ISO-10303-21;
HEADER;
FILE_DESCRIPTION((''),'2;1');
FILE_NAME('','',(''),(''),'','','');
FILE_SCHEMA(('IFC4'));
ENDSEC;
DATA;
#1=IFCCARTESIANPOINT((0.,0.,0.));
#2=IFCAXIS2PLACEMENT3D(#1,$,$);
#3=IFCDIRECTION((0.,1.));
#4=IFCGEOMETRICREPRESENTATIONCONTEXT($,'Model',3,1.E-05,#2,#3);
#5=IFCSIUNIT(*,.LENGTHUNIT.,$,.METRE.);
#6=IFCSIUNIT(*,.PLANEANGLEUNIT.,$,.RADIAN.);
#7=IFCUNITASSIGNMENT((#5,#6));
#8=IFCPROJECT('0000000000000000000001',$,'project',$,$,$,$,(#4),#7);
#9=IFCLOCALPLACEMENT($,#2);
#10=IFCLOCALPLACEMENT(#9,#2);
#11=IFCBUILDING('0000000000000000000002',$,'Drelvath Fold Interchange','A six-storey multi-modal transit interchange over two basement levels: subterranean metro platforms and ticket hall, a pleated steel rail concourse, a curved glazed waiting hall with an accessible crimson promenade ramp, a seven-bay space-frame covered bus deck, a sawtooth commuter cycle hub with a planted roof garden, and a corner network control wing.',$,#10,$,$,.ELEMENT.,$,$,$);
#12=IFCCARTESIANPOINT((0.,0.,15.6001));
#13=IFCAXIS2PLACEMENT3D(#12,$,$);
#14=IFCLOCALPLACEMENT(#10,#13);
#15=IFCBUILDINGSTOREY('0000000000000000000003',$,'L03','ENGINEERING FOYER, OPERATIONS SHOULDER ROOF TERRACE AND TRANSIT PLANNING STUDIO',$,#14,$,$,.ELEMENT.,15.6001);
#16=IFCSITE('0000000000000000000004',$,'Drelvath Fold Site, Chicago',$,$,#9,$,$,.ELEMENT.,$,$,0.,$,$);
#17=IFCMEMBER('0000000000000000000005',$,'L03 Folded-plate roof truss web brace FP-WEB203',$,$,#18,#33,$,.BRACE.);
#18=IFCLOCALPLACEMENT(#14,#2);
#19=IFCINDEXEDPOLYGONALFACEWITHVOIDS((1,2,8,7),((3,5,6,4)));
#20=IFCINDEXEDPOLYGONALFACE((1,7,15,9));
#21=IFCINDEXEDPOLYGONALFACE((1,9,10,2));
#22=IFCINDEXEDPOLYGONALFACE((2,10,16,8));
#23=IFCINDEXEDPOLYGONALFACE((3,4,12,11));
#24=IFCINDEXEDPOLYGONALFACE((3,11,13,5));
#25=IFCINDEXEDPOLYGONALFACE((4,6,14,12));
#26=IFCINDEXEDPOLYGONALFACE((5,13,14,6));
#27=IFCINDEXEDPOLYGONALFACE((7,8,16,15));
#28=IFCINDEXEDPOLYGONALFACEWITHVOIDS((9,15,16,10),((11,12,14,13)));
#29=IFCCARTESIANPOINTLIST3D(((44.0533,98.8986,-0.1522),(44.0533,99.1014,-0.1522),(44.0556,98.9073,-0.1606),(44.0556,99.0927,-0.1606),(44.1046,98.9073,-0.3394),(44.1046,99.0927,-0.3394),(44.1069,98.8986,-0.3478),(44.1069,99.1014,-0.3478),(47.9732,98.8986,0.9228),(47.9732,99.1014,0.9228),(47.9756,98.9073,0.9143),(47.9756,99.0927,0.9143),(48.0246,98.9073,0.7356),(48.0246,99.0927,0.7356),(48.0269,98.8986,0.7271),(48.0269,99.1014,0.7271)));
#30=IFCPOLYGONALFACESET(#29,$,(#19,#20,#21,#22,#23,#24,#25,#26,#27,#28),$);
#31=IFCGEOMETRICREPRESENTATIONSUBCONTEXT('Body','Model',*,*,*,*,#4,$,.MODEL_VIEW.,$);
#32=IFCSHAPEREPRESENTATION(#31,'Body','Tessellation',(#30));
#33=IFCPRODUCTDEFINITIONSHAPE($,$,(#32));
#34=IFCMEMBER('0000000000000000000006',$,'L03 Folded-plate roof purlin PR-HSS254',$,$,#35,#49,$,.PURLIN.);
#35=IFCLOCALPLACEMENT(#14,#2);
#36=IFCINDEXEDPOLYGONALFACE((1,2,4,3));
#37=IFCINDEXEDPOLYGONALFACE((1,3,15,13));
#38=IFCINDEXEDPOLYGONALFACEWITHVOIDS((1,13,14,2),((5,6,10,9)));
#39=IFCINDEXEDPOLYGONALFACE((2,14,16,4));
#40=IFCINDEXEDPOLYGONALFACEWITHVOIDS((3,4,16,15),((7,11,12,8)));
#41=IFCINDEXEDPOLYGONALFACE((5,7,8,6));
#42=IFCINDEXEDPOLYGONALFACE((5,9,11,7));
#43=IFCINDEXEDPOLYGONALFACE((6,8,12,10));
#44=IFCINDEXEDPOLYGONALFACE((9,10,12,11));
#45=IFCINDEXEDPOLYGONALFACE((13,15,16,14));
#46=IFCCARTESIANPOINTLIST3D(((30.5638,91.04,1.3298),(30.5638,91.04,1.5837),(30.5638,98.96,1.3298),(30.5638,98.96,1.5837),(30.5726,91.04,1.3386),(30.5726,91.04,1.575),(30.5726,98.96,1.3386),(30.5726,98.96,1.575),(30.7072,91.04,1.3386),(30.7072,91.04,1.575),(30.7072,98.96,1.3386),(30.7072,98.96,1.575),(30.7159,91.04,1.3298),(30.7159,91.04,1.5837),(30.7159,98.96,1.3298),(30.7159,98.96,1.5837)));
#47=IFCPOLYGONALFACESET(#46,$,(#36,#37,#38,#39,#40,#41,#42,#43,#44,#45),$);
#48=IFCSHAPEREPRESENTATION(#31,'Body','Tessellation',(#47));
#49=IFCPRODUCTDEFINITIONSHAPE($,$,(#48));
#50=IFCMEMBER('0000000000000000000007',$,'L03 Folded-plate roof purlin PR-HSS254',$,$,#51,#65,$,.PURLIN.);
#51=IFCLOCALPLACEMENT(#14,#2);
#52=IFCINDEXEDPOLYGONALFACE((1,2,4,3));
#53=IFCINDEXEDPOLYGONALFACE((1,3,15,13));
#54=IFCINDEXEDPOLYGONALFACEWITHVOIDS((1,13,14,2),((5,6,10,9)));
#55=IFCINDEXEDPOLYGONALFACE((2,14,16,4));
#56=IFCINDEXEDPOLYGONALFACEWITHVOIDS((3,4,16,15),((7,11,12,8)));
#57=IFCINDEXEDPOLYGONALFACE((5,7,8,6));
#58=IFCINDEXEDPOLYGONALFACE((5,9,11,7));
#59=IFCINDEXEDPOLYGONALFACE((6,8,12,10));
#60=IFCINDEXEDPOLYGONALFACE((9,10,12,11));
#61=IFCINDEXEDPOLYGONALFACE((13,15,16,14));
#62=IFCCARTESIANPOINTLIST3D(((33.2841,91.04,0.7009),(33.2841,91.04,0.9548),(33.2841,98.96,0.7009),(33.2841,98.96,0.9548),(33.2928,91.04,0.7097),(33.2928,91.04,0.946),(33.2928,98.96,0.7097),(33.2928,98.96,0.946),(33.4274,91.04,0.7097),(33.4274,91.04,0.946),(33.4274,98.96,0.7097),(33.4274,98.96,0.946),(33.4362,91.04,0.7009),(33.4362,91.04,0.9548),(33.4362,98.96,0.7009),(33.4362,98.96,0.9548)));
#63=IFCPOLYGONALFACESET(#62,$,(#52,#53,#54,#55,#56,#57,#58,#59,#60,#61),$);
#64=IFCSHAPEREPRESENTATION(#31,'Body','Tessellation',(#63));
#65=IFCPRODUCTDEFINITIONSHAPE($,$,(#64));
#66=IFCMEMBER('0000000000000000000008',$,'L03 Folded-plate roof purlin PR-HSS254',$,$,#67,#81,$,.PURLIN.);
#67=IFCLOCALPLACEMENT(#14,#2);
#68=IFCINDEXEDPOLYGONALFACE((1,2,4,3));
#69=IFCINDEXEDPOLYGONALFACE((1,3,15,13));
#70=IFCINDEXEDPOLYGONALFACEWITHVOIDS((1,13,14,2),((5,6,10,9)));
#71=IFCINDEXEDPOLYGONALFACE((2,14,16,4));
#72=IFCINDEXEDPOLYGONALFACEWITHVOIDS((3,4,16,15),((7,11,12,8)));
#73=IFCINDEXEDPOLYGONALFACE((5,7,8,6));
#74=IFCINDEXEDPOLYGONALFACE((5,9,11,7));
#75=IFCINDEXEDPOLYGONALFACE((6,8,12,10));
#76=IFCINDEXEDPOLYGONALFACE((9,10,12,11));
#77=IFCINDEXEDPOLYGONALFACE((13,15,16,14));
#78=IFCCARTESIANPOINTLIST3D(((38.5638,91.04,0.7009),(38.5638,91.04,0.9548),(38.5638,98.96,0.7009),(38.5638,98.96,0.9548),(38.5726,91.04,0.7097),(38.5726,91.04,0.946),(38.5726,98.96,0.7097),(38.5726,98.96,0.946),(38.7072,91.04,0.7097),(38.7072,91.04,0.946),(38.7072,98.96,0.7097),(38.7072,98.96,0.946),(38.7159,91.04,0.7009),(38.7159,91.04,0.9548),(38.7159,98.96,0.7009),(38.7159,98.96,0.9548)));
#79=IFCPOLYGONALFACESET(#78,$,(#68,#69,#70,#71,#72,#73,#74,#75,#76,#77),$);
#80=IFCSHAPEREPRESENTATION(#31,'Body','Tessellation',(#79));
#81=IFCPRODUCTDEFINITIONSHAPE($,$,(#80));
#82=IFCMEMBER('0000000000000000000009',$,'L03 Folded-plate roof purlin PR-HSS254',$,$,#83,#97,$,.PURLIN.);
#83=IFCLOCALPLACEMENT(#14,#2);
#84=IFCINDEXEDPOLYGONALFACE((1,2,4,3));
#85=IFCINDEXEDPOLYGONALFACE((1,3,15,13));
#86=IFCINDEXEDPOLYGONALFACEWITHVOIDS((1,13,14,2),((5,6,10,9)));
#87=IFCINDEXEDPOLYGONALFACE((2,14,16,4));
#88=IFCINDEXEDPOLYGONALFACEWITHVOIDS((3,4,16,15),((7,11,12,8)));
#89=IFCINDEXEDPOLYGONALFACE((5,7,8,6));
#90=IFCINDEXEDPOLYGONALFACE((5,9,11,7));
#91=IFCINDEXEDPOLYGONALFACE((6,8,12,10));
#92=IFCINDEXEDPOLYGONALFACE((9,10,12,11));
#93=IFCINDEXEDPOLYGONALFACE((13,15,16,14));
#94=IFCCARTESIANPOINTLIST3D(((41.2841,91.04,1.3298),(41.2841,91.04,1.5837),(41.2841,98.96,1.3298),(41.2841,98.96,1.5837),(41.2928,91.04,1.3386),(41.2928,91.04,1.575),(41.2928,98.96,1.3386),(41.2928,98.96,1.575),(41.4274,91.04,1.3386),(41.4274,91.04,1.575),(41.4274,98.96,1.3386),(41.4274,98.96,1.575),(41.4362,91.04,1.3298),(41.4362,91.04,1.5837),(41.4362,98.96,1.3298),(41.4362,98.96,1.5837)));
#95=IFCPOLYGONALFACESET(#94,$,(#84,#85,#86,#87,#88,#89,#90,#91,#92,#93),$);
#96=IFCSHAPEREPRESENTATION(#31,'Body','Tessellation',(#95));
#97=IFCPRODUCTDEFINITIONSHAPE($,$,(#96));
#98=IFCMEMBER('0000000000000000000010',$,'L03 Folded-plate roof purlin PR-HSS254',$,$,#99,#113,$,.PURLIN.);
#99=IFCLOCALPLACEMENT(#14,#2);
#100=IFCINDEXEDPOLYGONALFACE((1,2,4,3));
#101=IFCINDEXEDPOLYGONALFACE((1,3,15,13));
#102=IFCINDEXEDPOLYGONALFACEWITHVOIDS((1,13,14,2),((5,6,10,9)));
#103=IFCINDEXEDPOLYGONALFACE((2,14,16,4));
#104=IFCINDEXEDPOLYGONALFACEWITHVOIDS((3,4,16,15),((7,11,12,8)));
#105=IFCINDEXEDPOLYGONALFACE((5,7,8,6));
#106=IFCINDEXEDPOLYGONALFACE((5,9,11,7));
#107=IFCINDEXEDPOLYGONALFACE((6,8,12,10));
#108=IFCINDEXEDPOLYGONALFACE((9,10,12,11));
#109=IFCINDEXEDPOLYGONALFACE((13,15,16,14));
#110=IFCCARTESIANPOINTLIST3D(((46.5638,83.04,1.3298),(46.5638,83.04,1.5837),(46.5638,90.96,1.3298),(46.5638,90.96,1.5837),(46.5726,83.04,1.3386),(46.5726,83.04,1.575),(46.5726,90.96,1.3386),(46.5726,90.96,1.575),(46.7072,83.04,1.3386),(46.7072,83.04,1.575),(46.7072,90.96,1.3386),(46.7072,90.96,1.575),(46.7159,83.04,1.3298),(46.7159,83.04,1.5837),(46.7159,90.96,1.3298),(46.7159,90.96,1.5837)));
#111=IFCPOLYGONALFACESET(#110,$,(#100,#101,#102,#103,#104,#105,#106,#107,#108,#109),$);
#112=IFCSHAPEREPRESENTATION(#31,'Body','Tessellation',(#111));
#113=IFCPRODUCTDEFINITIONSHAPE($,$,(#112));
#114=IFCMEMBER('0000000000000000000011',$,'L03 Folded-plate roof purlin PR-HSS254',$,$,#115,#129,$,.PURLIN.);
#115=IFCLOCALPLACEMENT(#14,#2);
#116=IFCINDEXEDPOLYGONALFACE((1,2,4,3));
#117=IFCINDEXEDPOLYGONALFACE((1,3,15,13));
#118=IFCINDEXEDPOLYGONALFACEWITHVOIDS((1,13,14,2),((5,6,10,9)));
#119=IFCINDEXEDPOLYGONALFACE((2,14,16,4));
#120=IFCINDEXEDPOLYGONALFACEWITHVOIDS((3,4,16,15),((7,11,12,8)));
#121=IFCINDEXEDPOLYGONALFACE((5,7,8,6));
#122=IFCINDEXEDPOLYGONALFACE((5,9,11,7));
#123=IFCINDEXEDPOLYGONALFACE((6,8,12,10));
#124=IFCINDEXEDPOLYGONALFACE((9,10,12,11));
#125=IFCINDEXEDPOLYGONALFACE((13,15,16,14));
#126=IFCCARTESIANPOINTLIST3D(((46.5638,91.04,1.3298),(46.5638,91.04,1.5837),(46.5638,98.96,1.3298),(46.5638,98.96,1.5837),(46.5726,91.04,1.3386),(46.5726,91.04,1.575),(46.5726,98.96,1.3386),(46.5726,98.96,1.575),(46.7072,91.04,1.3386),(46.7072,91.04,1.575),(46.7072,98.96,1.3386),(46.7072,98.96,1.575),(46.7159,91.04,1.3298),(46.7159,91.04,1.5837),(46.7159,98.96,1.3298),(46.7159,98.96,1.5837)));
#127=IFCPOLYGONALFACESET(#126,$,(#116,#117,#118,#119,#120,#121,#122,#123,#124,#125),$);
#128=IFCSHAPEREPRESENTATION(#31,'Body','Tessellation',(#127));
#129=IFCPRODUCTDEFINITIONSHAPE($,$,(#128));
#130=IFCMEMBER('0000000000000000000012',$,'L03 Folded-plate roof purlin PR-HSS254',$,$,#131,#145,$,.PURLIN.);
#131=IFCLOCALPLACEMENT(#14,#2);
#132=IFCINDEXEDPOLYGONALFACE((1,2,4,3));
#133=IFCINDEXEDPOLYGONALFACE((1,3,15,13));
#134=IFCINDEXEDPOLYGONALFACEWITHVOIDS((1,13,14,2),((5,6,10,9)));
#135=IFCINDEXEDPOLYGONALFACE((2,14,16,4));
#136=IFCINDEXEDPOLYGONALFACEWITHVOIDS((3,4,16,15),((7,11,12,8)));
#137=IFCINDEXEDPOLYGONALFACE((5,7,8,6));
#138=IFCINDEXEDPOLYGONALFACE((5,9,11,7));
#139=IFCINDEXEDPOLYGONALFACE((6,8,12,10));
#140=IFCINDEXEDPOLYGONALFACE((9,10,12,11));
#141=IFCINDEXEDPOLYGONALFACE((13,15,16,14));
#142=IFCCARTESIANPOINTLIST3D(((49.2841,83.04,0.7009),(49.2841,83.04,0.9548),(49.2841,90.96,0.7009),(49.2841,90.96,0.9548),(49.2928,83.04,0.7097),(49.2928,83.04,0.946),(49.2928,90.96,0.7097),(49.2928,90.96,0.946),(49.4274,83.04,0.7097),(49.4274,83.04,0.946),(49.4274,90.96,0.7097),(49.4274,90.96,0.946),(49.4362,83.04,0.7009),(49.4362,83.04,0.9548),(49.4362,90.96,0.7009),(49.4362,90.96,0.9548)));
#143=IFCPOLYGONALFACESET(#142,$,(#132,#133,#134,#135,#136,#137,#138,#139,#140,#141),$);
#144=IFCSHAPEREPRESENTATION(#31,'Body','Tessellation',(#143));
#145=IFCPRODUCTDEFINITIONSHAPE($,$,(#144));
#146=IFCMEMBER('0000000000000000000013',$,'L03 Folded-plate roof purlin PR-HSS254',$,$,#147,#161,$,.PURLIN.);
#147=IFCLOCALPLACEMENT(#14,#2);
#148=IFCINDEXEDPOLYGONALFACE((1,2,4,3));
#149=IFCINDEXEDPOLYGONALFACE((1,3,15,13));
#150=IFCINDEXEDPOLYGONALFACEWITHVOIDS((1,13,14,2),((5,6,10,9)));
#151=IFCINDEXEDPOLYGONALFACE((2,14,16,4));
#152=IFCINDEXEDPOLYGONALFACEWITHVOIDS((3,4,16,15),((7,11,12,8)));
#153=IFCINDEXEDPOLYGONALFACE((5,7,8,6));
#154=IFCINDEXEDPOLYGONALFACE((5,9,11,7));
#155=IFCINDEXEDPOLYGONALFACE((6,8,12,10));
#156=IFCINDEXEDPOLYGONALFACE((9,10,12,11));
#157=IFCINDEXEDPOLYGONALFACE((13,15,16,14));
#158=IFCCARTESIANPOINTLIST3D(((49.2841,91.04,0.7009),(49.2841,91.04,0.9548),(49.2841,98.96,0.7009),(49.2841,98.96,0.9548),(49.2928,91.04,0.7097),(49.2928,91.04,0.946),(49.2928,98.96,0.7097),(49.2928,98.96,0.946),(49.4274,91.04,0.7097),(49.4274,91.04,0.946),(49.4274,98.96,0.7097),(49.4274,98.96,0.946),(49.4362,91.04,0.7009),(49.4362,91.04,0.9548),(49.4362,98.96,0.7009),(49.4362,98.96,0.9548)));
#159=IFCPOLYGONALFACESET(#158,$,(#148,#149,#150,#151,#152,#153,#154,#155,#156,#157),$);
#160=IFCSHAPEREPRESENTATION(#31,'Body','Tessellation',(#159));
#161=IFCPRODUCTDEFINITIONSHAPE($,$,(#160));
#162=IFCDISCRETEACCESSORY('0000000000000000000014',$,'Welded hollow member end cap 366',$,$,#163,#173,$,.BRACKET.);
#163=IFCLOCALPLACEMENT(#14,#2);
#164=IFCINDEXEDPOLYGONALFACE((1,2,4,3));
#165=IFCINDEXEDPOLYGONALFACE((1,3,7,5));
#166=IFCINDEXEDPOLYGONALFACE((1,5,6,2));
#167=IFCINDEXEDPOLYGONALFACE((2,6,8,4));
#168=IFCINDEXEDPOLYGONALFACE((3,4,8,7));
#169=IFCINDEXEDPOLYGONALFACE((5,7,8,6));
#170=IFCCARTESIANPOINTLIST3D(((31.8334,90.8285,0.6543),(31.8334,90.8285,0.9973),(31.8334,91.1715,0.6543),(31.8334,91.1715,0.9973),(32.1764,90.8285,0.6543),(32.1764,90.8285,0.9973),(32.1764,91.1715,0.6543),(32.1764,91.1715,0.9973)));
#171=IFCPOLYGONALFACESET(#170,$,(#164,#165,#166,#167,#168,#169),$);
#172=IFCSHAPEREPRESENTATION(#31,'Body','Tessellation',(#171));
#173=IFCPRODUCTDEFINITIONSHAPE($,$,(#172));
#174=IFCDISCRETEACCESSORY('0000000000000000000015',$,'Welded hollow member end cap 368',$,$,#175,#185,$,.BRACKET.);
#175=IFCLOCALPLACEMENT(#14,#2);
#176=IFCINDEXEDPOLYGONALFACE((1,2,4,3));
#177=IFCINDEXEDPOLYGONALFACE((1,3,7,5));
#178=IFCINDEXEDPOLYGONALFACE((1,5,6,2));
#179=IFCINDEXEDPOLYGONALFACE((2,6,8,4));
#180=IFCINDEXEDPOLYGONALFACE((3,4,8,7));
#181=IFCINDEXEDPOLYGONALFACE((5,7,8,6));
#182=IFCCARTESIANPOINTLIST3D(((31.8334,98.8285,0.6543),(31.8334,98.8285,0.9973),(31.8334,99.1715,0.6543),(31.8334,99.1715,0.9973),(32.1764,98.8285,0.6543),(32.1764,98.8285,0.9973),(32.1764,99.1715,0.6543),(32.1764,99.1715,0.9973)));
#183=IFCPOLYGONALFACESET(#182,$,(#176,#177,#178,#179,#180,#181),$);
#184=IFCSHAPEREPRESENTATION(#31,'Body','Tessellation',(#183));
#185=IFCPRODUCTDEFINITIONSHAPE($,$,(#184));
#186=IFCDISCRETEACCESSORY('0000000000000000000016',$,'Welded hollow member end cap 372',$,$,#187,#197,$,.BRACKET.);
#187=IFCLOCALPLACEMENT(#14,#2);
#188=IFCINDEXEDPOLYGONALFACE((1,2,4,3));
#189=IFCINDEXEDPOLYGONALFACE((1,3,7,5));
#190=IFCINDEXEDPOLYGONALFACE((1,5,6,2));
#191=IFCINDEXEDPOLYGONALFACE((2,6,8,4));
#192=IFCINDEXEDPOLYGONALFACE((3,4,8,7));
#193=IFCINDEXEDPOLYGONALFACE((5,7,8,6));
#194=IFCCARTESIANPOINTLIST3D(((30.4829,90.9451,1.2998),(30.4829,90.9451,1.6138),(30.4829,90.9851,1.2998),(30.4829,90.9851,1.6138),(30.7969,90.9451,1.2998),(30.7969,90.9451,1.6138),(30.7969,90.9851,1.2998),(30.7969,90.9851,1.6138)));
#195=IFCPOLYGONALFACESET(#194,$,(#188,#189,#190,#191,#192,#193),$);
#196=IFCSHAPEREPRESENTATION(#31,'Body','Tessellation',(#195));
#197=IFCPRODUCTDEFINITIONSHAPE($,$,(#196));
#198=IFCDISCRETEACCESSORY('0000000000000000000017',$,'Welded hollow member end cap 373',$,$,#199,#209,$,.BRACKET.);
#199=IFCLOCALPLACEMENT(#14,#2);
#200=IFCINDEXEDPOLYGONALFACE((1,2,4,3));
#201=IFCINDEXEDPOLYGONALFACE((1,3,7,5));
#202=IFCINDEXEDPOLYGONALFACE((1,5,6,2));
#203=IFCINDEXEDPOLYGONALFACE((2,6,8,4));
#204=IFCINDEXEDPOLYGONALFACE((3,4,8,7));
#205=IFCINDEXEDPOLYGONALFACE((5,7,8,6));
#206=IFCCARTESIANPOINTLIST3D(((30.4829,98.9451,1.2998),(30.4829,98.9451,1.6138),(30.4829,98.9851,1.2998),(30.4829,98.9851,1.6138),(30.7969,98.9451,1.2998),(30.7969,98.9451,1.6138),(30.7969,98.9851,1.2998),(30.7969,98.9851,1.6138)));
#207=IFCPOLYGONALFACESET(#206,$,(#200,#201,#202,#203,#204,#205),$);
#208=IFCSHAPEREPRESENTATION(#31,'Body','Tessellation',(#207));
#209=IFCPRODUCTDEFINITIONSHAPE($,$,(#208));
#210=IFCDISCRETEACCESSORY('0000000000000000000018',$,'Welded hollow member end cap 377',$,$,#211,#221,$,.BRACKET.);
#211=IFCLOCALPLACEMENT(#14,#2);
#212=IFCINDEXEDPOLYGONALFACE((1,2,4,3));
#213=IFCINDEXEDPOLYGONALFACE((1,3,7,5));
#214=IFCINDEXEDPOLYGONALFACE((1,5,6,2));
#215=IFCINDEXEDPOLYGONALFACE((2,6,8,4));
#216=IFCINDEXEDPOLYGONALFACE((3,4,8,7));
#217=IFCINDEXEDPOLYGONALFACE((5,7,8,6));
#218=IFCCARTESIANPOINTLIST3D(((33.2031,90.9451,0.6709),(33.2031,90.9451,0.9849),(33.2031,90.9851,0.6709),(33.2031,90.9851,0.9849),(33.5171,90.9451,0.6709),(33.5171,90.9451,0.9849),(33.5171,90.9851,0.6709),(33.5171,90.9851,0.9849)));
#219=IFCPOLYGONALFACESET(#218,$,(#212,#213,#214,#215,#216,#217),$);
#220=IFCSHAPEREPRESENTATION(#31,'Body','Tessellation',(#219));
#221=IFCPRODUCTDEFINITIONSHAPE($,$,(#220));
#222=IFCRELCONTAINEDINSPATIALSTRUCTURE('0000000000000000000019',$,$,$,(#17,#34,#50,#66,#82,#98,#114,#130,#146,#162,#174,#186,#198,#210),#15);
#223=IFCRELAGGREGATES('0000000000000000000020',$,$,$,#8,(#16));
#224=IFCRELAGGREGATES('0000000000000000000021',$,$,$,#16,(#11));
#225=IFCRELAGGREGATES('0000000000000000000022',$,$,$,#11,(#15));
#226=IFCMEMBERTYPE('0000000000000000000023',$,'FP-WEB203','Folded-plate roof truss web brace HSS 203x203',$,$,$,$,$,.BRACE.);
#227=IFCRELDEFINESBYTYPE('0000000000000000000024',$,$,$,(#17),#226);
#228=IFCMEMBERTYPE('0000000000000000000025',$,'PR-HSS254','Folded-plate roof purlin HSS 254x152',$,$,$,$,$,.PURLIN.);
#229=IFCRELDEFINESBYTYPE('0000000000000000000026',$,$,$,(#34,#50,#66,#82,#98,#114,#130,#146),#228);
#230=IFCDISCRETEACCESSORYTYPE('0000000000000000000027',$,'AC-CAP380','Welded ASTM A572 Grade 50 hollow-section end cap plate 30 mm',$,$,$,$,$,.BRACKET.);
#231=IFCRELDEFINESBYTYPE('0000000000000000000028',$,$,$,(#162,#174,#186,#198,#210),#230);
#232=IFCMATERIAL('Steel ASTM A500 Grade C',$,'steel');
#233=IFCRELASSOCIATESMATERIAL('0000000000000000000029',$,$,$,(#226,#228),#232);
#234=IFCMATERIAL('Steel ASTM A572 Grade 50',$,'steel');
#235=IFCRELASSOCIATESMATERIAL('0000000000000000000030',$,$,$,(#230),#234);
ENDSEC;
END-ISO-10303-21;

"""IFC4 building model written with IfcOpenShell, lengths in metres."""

from ifc_helpers import new_model, si_unit, direction, frame, origin, origin_2d, place, context, subcontext, project, spatial, rectangle, hollow_rectangle, extrude, material, material_profile, profile_set, type_object, element, save


model = new_model("IFC4")

# Units and contexts
model_context = context("Model", 3, precision=1e-05, world=origin(), true_north=direction((0.0, 1.0)))
body_context = subcontext(model_context, "Body", "Model", "MODEL_VIEW")
ifc_project = project(units=[si_unit("LENGTHUNIT", "METRE"), si_unit("PLANEANGLEUNIT", "RADIAN")], contexts=[model_context])

# Site, building, storey
site_placement = place(None, origin())
site = spatial("IfcSite", under=ifc_project, at=site_placement, Name="Drelvath Fold Site, Chicago", CompositionType="ELEMENT", RefElevation=0.0)
building_placement = place(site_placement, origin())
building = spatial("IfcBuilding", under=site, at=building_placement, Name="Drelvath Fold Interchange", Description="A six-storey multi-modal transit interchange over two basement levels: subterranean metro platforms and ticket hall, a pleated steel rail concourse, a curved glazed waiting hall with an accessible crimson promenade ramp, a seven-bay space-frame covered bus deck, a sawtooth commuter cycle hub with a planted roof garden, and a corner network control wing.", CompositionType="ELEMENT")
storey_placement = place(building_placement, frame((0.0, 0.0, 15.6001)))
storey = spatial("IfcBuildingStorey", under=building, at=storey_placement, Name="L03", Description="ENGINEERING FOYER, OPERATIONS SHOULDER ROOF TERRACE AND TRANSIT PLANNING STUDIO", CompositionType="ELEMENT", Elevation=15.6001)

# Members
ifc_material_1 = material(Name="Steel ASTM A500 Grade C", Category="steel")
ifc_material_profile_1 = material_profile(ifc_material_1, hollow_rectangle(XDim=0.2029, YDim=0.2029, WallThickness=0.0088, at=origin_2d()), Name="HSS8X8X3/8")
ifc_profile_set_1 = profile_set([ifc_material_profile_1], Name="Steel ASTM A500 Grade C")
member_type_1 = type_object("IfcMemberType", Name="FP-WEB203", Description="Folded-plate roof truss web brace HSS 203x203", PredefinedType="BRACE", material=ifc_profile_set_1)
for number, where, z_axis, x_axis, name in (
    (1, (44.0801, 99.0, -0.25), (0.964396, 0.0, 0.264464), (0.0, 1.0, 0.0), "L03 Folded-plate roof truss web brace FP-WEB203"),
):
    element("IfcMember", number, at=place(storey_placement, frame(where, z_axis=z_axis, x_axis=x_axis)), inside=storey, type_object=member_type_1, Name=name, PredefinedType="BRACE", context=body_context, shape_type="SweptSolid", body=[
        extrude(hollow_rectangle(XDim=0.2029, YDim=0.2029, WallThickness=0.0088, at=origin_2d()), origin(), (0.0, 0.0, 1.0), 4.0647),
    ])
ifc_material_profile_2 = material_profile(ifc_material_1, hollow_rectangle(XDim=0.1521, YDim=0.2539, WallThickness=0.0088, at=origin_2d()), Name="HSS10X6X3/8")
ifc_profile_set_2 = profile_set([ifc_material_profile_2], Name="Steel ASTM A500 Grade C")
member_type_2 = type_object("IfcMemberType", Name="PR-HSS254", Description="Folded-plate roof purlin HSS 254x152", PredefinedType="PURLIN", material=ifc_profile_set_2)
for number, where, z_axis, x_axis, name in (
    (2, (30.6399, 91.04, 1.4568), (0.0, 1.0, 0.0), (-1.0, 0.0, 0.0), "L03 Folded-plate roof purlin PR-HSS254"),
    (3, (33.3601, 91.04, 0.8279), (0.0, 1.0, 0.0), (-1.0, 0.0, 0.0), "L03 Folded-plate roof purlin PR-HSS254"),
    (4, (38.6399, 91.04, 0.8279), (0.0, 1.0, 0.0), (-1.0, 0.0, 0.0), "L03 Folded-plate roof purlin PR-HSS254"),
    (5, (41.3601, 91.04, 1.4568), (0.0, 1.0, 0.0), (-1.0, 0.0, 0.0), "L03 Folded-plate roof purlin PR-HSS254"),
    (6, (46.6399, 83.04, 1.4568), (0.0, 1.0, 0.0), (-1.0, 0.0, 0.0), "L03 Folded-plate roof purlin PR-HSS254"),
    (7, (46.6399, 91.04, 1.4568), (0.0, 1.0, 0.0), (-1.0, 0.0, 0.0), "L03 Folded-plate roof purlin PR-HSS254"),
    (8, (49.3601, 83.04, 0.8279), (0.0, 1.0, 0.0), (-1.0, 0.0, 0.0), "L03 Folded-plate roof purlin PR-HSS254"),
    (9, (49.3601, 91.04, 0.8279), (0.0, 1.0, 0.0), (-1.0, 0.0, 0.0), "L03 Folded-plate roof purlin PR-HSS254"),
):
    element("IfcMember", number, at=place(storey_placement, frame(where, z_axis=z_axis, x_axis=x_axis)), inside=storey, type_object=member_type_2, Name=name, PredefinedType="PURLIN", context=body_context, shape_type="SweptSolid", body=[
        extrude(hollow_rectangle(XDim=0.1521, YDim=0.2539, WallThickness=0.0088, at=origin_2d()), origin(), (0.0, 0.0, 1.0), 7.9199),
    ])

# Discrete accessories
ifc_material_2 = material(Name="Steel ASTM A572 Grade 50", Category="steel")
discrete_accessory_type = type_object("IfcDiscreteAccessoryType", Name="AC-CAP380", Description="Welded ASTM A572 Grade 50 hollow-section end cap plate 30 mm", PredefinedType="BRACKET", material=ifc_material_2)
for number, where, z_axis, x_axis, name in (
    (10, (32.0049, 91.0, 0.6543), (0.0, 0.0, 1.0), (1.0, 0.0, 0.0), "Welded hollow member end cap 366"),
    (11, (32.0049, 99.0, 0.6543), (0.0, 0.0, 1.0), (1.0, 0.0, 0.0), "Welded hollow member end cap 368"),
):
    element("IfcDiscreteAccessory", number, at=place(storey_placement, frame(where, z_axis=z_axis, x_axis=x_axis)), inside=storey, type_object=discrete_accessory_type, Name=name, PredefinedType="BRACKET", context=body_context, shape_type="SweptSolid", body=[
        extrude(rectangle(XDim=0.343, YDim=0.343, at=origin_2d()), origin(), (0.0, 0.0, 1.0), 0.343),
    ])
for number, where, z_axis, x_axis, name in (
    (12, (30.6399, 90.9651, 1.2998), (0.0, 0.0, 1.0), (1.0, 0.0, 0.0), "Welded hollow member end cap 372"),
    (13, (30.6399, 98.9651, 1.2998), (0.0, 0.0, 1.0), (1.0, 0.0, 0.0), "Welded hollow member end cap 373"),
    (14, (33.3601, 90.9651, 0.6709), (0.0, 0.0, 1.0), (1.0, 0.0, 0.0), "Welded hollow member end cap 377"),
):
    element("IfcDiscreteAccessory", number, at=place(storey_placement, frame(where, z_axis=z_axis, x_axis=x_axis)), inside=storey, type_object=discrete_accessory_type, Name=name, PredefinedType="BRACKET", context=body_context, shape_type="SweptSolid", body=[
        extrude(rectangle(XDim=0.314, YDim=0.04, at=origin_2d()), origin(), (0.0, 0.0, 1.0), 0.314),
    ])

save(model, "model.ifc")
